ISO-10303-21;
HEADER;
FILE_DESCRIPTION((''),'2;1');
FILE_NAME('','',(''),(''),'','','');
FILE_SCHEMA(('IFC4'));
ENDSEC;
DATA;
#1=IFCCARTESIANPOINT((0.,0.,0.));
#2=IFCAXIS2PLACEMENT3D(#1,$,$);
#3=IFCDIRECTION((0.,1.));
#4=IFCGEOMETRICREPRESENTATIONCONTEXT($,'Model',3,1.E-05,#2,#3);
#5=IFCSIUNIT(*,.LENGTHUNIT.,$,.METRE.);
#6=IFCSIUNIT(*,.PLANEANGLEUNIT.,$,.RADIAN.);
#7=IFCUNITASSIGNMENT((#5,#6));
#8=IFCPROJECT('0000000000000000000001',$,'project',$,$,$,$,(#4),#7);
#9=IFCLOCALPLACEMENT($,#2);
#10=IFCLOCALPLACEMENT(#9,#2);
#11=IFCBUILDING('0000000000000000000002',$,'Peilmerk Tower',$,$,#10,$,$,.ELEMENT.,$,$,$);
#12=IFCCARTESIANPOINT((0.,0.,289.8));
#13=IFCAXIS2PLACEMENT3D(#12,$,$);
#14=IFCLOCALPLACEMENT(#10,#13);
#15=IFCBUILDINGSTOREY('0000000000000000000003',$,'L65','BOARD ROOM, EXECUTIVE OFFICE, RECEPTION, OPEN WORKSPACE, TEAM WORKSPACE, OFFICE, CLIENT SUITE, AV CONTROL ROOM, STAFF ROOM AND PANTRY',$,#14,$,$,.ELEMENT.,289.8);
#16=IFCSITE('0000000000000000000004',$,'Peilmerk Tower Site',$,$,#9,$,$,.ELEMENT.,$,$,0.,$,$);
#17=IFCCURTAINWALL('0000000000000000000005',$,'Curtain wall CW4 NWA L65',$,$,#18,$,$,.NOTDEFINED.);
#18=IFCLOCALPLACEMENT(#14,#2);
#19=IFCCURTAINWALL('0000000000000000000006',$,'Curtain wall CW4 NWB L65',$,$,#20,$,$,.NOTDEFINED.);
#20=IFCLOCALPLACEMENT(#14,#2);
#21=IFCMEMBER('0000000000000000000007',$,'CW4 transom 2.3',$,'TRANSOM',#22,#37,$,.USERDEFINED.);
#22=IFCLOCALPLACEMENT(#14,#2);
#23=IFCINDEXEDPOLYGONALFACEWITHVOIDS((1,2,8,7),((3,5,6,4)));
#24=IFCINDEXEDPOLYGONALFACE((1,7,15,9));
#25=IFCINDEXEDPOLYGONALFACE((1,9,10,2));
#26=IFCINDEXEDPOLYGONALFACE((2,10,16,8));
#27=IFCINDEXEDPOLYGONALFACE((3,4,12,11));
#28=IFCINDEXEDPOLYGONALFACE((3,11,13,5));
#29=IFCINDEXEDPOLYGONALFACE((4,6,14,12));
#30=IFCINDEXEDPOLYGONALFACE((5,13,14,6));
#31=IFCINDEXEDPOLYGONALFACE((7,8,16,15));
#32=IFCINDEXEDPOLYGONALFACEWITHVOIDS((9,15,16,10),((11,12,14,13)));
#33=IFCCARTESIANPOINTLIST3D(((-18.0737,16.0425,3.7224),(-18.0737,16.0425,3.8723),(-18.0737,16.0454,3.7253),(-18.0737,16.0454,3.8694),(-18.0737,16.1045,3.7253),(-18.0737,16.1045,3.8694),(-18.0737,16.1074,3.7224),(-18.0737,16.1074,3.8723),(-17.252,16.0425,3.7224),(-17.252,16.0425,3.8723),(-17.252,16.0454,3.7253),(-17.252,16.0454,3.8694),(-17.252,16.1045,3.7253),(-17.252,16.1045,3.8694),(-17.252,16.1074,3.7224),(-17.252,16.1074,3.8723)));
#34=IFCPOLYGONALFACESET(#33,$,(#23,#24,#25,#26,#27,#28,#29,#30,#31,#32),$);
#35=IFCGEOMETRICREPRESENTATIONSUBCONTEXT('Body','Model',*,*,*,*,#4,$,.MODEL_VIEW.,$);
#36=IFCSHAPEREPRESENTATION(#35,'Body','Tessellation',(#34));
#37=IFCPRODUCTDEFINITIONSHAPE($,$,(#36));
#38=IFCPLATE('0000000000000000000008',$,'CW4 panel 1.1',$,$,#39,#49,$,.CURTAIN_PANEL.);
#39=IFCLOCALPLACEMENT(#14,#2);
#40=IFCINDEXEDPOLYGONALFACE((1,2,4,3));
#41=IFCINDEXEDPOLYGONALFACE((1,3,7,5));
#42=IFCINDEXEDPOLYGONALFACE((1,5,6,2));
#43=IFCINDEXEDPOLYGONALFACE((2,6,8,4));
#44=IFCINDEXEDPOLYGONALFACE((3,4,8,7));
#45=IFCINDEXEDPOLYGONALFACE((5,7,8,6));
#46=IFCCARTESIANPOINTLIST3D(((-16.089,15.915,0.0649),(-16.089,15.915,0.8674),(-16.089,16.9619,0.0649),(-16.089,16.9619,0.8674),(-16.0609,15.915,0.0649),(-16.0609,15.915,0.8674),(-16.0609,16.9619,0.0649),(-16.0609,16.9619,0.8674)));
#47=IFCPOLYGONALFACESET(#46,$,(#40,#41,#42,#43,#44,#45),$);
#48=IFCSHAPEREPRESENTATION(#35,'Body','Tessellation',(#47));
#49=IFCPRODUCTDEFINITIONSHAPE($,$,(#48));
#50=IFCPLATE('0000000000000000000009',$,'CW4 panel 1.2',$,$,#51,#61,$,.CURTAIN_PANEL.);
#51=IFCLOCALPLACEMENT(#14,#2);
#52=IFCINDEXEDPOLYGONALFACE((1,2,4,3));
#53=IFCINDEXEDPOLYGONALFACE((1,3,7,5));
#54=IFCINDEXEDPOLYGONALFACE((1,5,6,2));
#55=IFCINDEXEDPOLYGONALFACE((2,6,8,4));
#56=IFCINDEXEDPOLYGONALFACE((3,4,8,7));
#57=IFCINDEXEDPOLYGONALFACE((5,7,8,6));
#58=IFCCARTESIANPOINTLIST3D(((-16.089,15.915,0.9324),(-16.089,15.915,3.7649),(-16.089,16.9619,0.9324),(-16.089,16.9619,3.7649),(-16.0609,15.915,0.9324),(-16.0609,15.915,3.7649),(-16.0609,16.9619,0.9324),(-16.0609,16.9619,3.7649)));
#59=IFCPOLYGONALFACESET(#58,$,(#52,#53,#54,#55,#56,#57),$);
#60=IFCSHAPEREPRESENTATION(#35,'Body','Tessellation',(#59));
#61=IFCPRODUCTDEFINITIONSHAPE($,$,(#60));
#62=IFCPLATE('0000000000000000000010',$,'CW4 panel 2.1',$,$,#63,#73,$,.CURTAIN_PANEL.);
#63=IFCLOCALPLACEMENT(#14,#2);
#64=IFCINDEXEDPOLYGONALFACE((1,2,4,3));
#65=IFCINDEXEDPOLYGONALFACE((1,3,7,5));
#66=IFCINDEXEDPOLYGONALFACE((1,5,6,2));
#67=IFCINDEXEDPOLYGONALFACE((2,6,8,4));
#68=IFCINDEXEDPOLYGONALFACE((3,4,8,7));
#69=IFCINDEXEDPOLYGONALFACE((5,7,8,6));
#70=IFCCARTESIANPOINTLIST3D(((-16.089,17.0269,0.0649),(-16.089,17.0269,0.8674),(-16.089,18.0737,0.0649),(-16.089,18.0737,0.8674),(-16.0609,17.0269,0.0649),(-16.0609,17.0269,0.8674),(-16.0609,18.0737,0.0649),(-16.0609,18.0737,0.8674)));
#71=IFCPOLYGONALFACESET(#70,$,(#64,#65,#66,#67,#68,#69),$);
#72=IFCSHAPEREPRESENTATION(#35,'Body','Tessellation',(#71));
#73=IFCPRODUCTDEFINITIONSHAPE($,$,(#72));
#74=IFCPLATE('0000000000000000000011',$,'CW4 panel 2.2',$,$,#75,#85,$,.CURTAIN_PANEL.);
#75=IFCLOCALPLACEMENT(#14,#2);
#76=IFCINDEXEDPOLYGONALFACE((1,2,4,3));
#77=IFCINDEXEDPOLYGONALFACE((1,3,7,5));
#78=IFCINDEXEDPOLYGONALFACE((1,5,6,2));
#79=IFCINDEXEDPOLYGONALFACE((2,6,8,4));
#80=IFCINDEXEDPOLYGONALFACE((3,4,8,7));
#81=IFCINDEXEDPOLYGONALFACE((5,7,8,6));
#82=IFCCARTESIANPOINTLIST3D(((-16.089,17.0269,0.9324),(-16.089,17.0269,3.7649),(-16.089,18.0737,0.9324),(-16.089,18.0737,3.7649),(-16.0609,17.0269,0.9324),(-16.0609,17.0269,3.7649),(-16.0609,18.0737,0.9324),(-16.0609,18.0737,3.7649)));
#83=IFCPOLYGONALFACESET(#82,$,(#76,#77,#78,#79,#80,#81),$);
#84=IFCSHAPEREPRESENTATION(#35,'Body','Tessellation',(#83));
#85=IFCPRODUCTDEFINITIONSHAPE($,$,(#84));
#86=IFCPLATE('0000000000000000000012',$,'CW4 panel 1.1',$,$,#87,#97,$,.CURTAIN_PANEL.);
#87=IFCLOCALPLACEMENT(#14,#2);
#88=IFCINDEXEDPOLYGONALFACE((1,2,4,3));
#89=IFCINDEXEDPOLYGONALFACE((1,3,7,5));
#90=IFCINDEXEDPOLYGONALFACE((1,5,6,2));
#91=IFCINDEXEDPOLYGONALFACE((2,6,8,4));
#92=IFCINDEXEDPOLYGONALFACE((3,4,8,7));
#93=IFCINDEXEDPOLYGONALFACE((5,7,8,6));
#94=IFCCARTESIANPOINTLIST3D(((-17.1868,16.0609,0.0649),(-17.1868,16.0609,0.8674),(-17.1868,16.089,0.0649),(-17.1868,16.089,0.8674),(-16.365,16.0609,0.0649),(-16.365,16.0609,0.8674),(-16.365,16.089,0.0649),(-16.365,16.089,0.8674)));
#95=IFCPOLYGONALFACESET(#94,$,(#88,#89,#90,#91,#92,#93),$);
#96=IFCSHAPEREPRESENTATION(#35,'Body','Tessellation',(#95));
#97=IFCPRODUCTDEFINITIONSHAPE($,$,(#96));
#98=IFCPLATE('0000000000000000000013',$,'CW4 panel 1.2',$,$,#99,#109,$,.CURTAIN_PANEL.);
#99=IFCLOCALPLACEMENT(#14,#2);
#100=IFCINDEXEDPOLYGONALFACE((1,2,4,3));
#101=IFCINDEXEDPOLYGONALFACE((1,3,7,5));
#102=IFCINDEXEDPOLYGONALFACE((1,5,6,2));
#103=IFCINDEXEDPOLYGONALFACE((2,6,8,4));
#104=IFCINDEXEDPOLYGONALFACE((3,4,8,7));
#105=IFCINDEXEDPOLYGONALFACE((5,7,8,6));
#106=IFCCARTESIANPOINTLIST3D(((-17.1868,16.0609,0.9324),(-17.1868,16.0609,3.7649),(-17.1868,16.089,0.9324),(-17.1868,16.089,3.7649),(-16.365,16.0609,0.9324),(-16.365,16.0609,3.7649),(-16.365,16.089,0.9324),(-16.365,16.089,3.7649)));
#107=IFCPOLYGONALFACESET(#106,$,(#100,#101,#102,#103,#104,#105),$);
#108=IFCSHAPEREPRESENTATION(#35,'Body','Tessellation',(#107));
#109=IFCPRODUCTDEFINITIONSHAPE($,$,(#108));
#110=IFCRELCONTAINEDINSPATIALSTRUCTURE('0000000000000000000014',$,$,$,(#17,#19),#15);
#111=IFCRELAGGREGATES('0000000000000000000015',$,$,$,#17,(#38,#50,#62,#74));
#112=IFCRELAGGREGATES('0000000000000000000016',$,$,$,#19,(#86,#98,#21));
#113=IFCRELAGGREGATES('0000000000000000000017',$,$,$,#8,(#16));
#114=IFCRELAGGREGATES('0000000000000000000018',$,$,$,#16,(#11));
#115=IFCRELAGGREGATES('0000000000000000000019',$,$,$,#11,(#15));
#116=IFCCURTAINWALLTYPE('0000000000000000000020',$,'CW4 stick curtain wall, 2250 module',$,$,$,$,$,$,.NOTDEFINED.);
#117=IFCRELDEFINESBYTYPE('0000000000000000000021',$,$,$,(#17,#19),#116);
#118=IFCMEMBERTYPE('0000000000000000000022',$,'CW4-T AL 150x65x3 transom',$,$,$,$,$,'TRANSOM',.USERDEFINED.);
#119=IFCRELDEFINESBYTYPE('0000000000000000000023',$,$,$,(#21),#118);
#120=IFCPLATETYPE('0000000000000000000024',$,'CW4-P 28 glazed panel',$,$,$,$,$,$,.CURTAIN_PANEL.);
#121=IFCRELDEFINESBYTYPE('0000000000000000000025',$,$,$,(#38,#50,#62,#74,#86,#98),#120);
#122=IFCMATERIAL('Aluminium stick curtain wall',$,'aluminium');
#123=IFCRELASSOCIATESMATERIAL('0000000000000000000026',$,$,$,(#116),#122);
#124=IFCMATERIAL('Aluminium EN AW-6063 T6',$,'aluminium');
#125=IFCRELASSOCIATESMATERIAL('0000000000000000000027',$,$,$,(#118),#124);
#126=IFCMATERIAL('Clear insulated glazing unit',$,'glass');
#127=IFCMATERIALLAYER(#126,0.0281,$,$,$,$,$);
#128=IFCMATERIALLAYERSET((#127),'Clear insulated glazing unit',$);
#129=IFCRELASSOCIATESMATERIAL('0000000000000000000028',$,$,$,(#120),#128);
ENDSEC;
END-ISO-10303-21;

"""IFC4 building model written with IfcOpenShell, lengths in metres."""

from ifc_helpers import new_model, si_unit, direction, frame, origin, origin_2d, place, context, subcontext, project, spatial, rectangle, hollow_rectangle, extrude, material, layer, layer_set, material_profile, profile_set, type_object, element, aggregate, save


model = new_model("IFC4")

# Units and contexts
model_context = context("Model", 3, precision=1e-05, world=origin(), true_north=direction((0.0, 1.0)))
body_context = subcontext(model_context, "Body", "Model", "MODEL_VIEW")
ifc_project = project(units=[si_unit("LENGTHUNIT", "METRE"), si_unit("PLANEANGLEUNIT", "RADIAN")], contexts=[model_context])

# Site, building, storey
site_placement = place(None, origin())
site = spatial("IfcSite", under=ifc_project, at=site_placement, Name="Peilmerk Tower Site", CompositionType="ELEMENT", RefElevation=0.0)
building_placement = place(site_placement, origin())
building = spatial("IfcBuilding", under=site, at=building_placement, Name="Peilmerk Tower", CompositionType="ELEMENT")
storey_placement = place(building_placement, frame((0.0, 0.0, 289.8)))
storey = spatial("IfcBuildingStorey", under=building, at=storey_placement, Name="L65", Description="BOARD ROOM, EXECUTIVE OFFICE, RECEPTION, OPEN WORKSPACE, TEAM WORKSPACE, OFFICE, CLIENT SUITE, AV CONTROL ROOM, STAFF ROOM AND PANTRY", CompositionType="ELEMENT", Elevation=289.8)

# Curtain walls
ifc_material_1 = material(Name="Aluminium stick curtain wall", Category="aluminium")
curtain_wall_type = type_object("IfcCurtainWallType", Name="CW4 stick curtain wall, 2250 module", PredefinedType="NOTDEFINED", material=ifc_material_1)
curtain_wall_1_placement = place(storey_placement, origin())
curtain_wall_1 = element("IfcCurtainWall", 1, at=curtain_wall_1_placement, inside=storey, type_object=curtain_wall_type, Name="Curtain wall CW4 NWA L65", PredefinedType="NOTDEFINED")
ifc_material_2 = material(Name="Aluminium EN AW-6063 T6", Category="aluminium")
curtain_wall_2_placement = place(storey_placement, origin())
curtain_wall_2 = element("IfcCurtainWall", 2, at=curtain_wall_2_placement, inside=storey, type_object=curtain_wall_type, Name="Curtain wall CW4 NWB L65", PredefinedType="NOTDEFINED")

# Member
ifc_material_profile_1 = material_profile(ifc_material_2, hollow_rectangle(XDim=0.0649, YDim=0.1499, WallThickness=0.0029, at=origin_2d()), Name="AL 150x65x3")
ifc_profile_set_1 = profile_set([ifc_material_profile_1], Name="Aluminium EN AW-6063 T6")
member_type_1 = type_object("IfcMemberType", Name="CW4-T AL 150x65x3 transom", ElementType="TRANSOM", PredefinedType="USERDEFINED", material=ifc_profile_set_1)
member_1_placement = place(storey_placement, frame((-17.252, 16.075, 3.7974), z_axis=(-1.0, 0.0, 0.0), x_axis=(0.0, -1.0, 0.0)))
member_1 = element("IfcMember", 3, at=member_1_placement, type_object=member_type_1, Name="CW4 transom 2.3", ObjectType="TRANSOM", PredefinedType="USERDEFINED", context=body_context, shape_type="SweptSolid", body=[
    extrude(hollow_rectangle(XDim=0.0649, YDim=0.1499, WallThickness=0.0029, at=origin_2d()), origin(), (0.0, 0.0, 1.0), 0.8218),
])

# Plates
ifc_material_3 = material(Name="Clear insulated glazing unit", Category="glass")
ifc_layer_1 = layer(ifc_material_3, 0.0281)
ifc_layer_set_1 = layer_set([ifc_layer_1], Name="Clear insulated glazing unit")
plate_type = type_object("IfcPlateType", Name="CW4-P 28 glazed panel", PredefinedType="CURTAIN_PANEL", material=ifc_layer_set_1)
plate_1_placement = place(storey_placement, frame((-16.075, 16.4385, 0.0649), z_axis=(0.0, 0.0, 1.0), x_axis=(0.0, 1.0, 0.0)))
plate_1 = element("IfcPlate", 4, at=plate_1_placement, type_object=plate_type, Name="CW4 panel 1.1", PredefinedType="CURTAIN_PANEL", context=body_context, shape_type="SweptSolid", body=[
    extrude(rectangle(XDim=1.0469, YDim=0.0281, at=origin_2d()), origin(), (0.0, 0.0, 1.0), 0.8025),
])
plate_2_placement = place(storey_placement, frame((-16.075, 16.4385, 0.9324), z_axis=(0.0, 0.0, 1.0), x_axis=(0.0, 1.0, 0.0)))
plate_2 = element("IfcPlate", 5, at=plate_2_placement, type_object=plate_type, Name="CW4 panel 1.2", PredefinedType="CURTAIN_PANEL", context=body_context, shape_type="SweptSolid", body=[
    extrude(rectangle(XDim=1.0469, YDim=0.0281, at=origin_2d()), origin(), (0.0, 0.0, 1.0), 2.8325),
])
plate_3_placement = place(storey_placement, frame((-16.075, 17.5503, 0.0649), z_axis=(0.0, 0.0, 1.0), x_axis=(0.0, 1.0, 0.0)))
plate_3 = element("IfcPlate", 6, at=plate_3_placement, type_object=plate_type, Name="CW4 panel 2.1", PredefinedType="CURTAIN_PANEL", context=body_context, shape_type="SweptSolid", body=[
    extrude(rectangle(XDim=1.0469, YDim=0.0281, at=origin_2d()), origin(), (0.0, 0.0, 1.0), 0.8025),
])
plate_4_placement = place(storey_placement, frame((-16.075, 17.5503, 0.9324), z_axis=(0.0, 0.0, 1.0), x_axis=(0.0, 1.0, 0.0)))
plate_4 = element("IfcPlate", 7, at=plate_4_placement, type_object=plate_type, Name="CW4 panel 2.2", PredefinedType="CURTAIN_PANEL", context=body_context, shape_type="SweptSolid", body=[
    extrude(rectangle(XDim=1.0469, YDim=0.0281, at=origin_2d()), origin(), (0.0, 0.0, 1.0), 2.8325),
])
aggregate(curtain_wall_1, [plate_1, plate_2, plate_3, plate_4])
plate_5_placement = place(storey_placement, frame((-16.7759, 16.075, 0.0649), z_axis=(0.0, 0.0, 1.0), x_axis=(-1.0, 0.0, 0.0)))
plate_5 = element("IfcPlate", 8, at=plate_5_placement, type_object=plate_type, Name="CW4 panel 1.1", PredefinedType="CURTAIN_PANEL", context=body_context, shape_type="SweptSolid", body=[
    extrude(rectangle(XDim=0.8218, YDim=0.0281, at=origin_2d()), origin(), (0.0, 0.0, 1.0), 0.8025),
])
plate_6_placement = place(storey_placement, frame((-16.7759, 16.075, 0.9324), z_axis=(0.0, 0.0, 1.0), x_axis=(-1.0, 0.0, 0.0)))
plate_6 = element("IfcPlate", 9, at=plate_6_placement, type_object=plate_type, Name="CW4 panel 1.2", PredefinedType="CURTAIN_PANEL", context=body_context, shape_type="SweptSolid", body=[
    extrude(rectangle(XDim=0.8218, YDim=0.0281, at=origin_2d()), origin(), (0.0, 0.0, 1.0), 2.8325),
])
aggregate(curtain_wall_2, [plate_5, plate_6, member_1])

save(model, "model.ifc")
